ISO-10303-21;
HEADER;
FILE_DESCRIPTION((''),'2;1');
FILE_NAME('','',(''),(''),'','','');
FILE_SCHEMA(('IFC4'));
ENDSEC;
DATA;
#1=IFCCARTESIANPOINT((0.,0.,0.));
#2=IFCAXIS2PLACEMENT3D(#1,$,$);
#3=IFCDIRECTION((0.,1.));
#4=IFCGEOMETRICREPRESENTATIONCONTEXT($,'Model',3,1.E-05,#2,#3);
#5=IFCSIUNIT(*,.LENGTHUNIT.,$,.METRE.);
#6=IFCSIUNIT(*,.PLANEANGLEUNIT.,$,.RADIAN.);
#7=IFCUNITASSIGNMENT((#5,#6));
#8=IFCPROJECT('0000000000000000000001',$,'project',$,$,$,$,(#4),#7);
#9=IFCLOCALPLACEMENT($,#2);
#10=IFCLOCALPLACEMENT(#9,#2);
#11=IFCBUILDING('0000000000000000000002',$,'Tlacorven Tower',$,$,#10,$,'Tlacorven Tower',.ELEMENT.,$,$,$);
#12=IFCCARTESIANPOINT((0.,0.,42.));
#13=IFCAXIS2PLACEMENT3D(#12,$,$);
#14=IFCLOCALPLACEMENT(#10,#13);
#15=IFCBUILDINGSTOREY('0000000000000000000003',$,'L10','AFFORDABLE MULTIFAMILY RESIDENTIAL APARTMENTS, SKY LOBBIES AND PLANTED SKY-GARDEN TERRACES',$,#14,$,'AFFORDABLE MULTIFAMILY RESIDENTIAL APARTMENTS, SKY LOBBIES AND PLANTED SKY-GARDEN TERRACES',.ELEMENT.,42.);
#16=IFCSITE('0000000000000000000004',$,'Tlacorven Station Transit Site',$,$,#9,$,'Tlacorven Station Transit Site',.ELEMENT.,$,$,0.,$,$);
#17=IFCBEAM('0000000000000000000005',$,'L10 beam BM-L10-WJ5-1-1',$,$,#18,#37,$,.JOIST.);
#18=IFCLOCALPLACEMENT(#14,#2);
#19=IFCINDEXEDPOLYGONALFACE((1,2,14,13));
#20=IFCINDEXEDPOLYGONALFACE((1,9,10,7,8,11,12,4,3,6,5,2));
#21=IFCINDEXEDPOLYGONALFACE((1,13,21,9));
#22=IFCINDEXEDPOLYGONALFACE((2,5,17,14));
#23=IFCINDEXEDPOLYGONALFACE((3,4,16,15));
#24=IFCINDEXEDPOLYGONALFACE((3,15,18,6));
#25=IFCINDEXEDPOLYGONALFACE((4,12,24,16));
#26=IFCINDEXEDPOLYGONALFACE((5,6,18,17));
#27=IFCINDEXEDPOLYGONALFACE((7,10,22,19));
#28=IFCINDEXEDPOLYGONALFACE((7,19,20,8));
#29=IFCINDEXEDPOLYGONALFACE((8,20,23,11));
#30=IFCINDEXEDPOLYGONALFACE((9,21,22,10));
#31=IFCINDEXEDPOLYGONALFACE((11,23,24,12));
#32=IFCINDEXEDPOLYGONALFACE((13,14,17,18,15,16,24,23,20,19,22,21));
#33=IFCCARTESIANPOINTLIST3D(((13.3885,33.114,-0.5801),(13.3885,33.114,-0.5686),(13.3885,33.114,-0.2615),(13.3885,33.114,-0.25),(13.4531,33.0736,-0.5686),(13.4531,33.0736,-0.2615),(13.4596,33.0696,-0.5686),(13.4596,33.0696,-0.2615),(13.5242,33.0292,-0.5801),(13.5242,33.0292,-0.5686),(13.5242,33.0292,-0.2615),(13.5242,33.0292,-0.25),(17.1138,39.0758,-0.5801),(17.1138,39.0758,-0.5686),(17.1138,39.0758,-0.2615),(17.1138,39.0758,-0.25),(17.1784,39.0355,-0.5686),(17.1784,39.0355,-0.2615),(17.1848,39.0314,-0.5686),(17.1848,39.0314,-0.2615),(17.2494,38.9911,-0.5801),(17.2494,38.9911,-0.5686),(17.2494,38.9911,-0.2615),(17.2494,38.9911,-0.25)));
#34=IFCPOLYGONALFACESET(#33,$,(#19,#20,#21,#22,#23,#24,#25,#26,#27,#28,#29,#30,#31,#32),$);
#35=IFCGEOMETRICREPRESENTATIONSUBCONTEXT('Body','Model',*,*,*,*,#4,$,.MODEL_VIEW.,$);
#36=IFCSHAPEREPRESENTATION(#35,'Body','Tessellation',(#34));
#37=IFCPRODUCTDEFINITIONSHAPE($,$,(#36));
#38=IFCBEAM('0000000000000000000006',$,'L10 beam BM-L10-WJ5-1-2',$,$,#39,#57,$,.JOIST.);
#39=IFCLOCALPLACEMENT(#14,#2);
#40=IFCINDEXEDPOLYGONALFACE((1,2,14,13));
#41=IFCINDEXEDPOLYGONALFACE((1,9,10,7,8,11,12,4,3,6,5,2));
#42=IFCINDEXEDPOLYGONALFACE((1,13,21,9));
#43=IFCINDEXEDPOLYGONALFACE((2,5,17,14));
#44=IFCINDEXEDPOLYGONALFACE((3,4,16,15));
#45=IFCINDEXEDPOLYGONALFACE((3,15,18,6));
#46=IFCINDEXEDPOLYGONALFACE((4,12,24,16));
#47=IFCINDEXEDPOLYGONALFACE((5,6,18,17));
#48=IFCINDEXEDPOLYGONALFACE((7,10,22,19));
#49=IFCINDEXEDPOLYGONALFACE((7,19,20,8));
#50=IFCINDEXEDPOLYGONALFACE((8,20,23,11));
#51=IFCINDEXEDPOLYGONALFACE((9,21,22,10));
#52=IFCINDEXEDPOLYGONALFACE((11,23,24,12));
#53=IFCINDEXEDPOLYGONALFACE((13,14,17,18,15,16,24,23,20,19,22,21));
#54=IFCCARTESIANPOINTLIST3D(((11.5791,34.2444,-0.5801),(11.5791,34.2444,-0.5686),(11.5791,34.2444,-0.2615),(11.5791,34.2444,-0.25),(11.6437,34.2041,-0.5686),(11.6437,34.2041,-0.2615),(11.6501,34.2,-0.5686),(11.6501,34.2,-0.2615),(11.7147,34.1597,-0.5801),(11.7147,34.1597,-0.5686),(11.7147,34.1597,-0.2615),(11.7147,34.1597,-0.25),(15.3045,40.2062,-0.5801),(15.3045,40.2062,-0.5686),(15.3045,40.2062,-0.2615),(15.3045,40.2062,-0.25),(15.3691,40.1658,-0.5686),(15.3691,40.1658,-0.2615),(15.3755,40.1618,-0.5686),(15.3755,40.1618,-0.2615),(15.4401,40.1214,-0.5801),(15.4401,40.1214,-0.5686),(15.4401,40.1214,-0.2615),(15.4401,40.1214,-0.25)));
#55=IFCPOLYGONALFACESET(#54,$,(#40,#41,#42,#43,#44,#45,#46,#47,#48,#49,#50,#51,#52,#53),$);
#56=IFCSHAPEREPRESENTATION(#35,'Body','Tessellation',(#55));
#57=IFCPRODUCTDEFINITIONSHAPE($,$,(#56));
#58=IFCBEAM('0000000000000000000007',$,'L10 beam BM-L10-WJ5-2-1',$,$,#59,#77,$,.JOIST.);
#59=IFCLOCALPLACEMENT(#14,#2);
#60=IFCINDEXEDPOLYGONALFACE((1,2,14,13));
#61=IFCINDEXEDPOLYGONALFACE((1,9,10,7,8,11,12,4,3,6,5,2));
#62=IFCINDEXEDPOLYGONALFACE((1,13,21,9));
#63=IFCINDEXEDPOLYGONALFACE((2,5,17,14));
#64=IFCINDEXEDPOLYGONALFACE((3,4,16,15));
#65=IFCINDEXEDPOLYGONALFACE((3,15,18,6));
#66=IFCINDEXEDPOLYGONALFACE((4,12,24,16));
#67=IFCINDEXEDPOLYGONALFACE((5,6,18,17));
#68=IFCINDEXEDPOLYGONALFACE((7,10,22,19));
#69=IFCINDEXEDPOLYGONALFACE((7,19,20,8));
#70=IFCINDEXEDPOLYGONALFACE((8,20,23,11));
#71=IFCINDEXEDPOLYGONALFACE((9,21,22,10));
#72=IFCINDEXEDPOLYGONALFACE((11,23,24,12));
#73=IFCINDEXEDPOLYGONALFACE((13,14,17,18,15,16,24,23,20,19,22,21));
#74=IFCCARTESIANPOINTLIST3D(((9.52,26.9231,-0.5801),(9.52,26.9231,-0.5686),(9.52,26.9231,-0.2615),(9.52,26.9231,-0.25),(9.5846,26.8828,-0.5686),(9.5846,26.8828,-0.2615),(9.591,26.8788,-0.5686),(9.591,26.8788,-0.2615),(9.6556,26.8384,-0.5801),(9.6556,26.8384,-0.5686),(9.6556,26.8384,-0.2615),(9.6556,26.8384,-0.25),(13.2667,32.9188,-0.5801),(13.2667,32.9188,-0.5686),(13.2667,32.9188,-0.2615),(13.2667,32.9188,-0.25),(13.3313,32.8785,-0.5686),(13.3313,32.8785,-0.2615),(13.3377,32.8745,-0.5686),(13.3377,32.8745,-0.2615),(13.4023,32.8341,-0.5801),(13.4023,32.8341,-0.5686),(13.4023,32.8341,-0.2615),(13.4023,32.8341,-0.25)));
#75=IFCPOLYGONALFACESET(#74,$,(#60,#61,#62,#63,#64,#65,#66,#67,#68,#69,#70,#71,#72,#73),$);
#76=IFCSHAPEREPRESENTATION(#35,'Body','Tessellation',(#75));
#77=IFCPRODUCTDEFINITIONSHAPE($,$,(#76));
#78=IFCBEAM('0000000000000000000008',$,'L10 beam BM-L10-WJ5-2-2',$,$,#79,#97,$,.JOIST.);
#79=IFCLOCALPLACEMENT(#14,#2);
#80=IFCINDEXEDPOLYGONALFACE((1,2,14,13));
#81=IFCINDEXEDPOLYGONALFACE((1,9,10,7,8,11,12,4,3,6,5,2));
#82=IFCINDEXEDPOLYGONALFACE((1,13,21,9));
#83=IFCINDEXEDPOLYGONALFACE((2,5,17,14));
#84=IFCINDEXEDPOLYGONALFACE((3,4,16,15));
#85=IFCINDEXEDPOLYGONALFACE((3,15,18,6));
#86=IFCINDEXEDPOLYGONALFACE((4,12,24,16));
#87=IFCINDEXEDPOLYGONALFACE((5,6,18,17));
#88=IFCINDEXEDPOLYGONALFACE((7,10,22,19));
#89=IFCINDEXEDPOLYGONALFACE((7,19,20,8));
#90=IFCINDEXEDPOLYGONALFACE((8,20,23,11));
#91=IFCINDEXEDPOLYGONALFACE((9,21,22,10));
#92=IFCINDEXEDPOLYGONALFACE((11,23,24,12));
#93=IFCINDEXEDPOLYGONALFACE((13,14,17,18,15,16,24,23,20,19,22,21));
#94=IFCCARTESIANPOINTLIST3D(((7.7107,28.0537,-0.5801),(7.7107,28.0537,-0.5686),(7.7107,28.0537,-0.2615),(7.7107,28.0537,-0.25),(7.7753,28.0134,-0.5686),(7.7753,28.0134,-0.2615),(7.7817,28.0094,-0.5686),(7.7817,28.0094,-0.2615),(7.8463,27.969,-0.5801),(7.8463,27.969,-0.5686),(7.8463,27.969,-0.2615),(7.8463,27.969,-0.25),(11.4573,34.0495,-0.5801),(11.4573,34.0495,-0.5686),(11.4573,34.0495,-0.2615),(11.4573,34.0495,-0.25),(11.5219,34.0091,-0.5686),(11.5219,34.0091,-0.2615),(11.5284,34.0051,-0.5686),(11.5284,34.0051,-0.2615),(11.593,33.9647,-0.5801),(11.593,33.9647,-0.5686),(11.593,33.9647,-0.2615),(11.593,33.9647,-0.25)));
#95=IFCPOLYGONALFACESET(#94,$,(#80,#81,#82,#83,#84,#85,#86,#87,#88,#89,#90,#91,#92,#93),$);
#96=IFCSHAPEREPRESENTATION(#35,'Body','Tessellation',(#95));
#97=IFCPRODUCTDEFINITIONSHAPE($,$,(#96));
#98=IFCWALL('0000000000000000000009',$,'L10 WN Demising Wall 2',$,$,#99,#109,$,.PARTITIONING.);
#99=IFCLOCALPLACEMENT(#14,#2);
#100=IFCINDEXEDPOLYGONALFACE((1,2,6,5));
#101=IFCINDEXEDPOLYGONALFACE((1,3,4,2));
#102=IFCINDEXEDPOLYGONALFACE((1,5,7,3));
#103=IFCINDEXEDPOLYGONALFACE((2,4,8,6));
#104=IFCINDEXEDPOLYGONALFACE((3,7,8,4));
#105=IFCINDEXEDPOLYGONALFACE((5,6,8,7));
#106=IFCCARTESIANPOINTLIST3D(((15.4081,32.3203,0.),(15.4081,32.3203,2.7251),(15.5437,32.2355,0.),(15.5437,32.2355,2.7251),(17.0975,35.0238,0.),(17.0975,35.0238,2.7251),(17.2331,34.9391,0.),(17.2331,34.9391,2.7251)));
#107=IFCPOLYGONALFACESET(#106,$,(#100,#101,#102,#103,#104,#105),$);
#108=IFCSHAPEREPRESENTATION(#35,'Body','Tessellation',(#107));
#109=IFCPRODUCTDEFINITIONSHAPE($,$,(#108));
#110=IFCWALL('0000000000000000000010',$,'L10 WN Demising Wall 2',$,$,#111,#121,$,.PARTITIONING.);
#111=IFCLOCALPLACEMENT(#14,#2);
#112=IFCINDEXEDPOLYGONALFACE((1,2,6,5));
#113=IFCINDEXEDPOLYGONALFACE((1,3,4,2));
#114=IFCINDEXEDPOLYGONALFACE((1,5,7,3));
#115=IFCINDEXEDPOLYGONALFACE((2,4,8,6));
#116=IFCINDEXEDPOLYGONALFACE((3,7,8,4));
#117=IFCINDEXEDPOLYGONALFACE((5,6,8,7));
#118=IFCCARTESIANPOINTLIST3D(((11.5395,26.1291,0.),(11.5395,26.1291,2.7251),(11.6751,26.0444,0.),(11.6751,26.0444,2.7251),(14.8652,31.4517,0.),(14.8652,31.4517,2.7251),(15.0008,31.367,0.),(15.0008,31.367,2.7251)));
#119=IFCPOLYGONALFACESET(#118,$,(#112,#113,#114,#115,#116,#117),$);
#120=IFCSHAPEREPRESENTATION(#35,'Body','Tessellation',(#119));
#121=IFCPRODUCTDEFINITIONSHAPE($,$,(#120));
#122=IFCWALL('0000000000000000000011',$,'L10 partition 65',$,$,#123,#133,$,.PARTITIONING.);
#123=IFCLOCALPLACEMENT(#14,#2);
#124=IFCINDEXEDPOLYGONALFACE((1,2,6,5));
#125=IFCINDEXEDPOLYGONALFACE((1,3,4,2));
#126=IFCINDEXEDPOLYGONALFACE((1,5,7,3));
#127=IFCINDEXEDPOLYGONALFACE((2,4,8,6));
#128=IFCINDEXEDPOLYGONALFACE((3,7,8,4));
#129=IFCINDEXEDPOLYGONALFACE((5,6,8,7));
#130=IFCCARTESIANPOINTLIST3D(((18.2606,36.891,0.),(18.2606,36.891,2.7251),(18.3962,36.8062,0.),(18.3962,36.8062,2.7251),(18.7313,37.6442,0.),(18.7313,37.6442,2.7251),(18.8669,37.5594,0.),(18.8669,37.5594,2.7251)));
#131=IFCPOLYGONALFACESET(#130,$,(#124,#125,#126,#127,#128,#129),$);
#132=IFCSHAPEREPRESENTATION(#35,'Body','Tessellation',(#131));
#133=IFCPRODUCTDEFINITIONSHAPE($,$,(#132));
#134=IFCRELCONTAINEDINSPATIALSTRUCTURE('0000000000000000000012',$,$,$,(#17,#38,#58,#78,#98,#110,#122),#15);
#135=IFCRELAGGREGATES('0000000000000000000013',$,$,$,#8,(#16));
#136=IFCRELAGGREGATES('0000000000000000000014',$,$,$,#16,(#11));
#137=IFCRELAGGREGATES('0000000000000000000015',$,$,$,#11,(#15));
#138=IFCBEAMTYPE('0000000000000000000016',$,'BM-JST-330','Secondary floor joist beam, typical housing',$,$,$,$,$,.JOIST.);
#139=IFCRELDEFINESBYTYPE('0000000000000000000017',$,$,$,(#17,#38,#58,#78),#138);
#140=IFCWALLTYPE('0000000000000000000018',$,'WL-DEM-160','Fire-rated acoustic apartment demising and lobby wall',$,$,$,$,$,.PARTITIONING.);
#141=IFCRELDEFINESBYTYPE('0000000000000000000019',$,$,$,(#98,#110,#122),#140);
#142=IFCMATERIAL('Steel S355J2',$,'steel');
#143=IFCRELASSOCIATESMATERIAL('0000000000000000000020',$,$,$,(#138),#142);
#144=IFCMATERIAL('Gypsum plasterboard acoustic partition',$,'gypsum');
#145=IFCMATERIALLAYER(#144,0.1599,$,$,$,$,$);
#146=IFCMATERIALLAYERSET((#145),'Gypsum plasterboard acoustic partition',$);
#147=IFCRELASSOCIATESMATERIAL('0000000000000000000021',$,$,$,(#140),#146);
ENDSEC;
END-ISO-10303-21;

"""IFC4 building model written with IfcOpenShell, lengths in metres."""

from ifc_helpers import new_model, si_unit, direction, frame, frame_2d, origin, origin_2d, place, context, subcontext, project, spatial, rectangle, i_section, extrude, source, transform, mapped, material, layer, layer_set, material_profile, profile_set, type_object, element, save


model = new_model("IFC4")

# Units and contexts
model_context = context("Model", 3, precision=1e-05, world=origin(), true_north=direction((0.0, 1.0)))
body_context = subcontext(model_context, "Body", "Model", "MODEL_VIEW")
ifc_project = project(units=[si_unit("LENGTHUNIT", "METRE"), si_unit("PLANEANGLEUNIT", "RADIAN")], contexts=[model_context])

# Site, building, storey
site_placement = place(None, origin())
site = spatial("IfcSite", under=ifc_project, at=site_placement, Name="Tlacorven Station Transit Site", LongName="Tlacorven Station Transit Site", CompositionType="ELEMENT", RefElevation=0.0)
building_placement = place(site_placement, origin())
building = spatial("IfcBuilding", under=site, at=building_placement, Name="Tlacorven Tower", LongName="Tlacorven Tower", CompositionType="ELEMENT")
storey_placement = place(building_placement, frame((0.0, 0.0, 42.0)))
storey = spatial("IfcBuildingStorey", under=building, at=storey_placement, Name="L10", Description="AFFORDABLE MULTIFAMILY RESIDENTIAL APARTMENTS, SKY LOBBIES AND PLANTED SKY-GARDEN TERRACES", LongName="AFFORDABLE MULTIFAMILY RESIDENTIAL APARTMENTS, SKY LOBBIES AND PLANTED SKY-GARDEN TERRACES", CompositionType="ELEMENT", Elevation=42.0)

# Beams
ifc_material_1 = material(Name="Steel S355J2", Category="steel")
ifc_material_profile_1 = material_profile(ifc_material_1, i_section(OverallWidth=0.1599, OverallDepth=0.3301, WebThickness=0.0076, FlangeThickness=0.0115, at=origin_2d()), Name="IPE 330")
ifc_profile_set_1 = profile_set([ifc_material_profile_1], Name="Steel S355J2")
beam_type_1 = type_object("IfcBeamType", Name="BM-JST-330", Description="Secondary floor joist beam, typical housing", PredefinedType="JOIST", material=ifc_profile_set_1)
shared_shape_1 = source(origin(), body_context, "Body", "SweptSolid", [
    extrude(i_section(OverallWidth=0.1599, OverallDepth=0.3301, WebThickness=0.0076, FlangeThickness=0.0115, at=origin_2d()), origin(), (0.0, 0.0, 1.0), 7.03),
])
for number, where, z_axis, x_axis, name in (
    (1, (17.1816, 39.0334, -0.415), (-0.529912, -0.848053, 0.0), (0.848053, -0.529912, 0.0), "L10 beam BM-L10-WJ5-1-1"),
    (2, (15.3723, 40.1638, -0.415), (-0.529927, -0.848043, 0.0), (0.848043, -0.529927, 0.0), "L10 beam BM-L10-WJ5-1-2"),
):
    element("IfcBeam", number, at=place(storey_placement, frame(where, z_axis=z_axis, x_axis=x_axis)), inside=storey, type_object=beam_type_1, Name=name, PredefinedType="JOIST", context=body_context, shape_type="MappedRepresentation", body=[
        mapped(shared_shape_1, transform((0.0, 0.0, 0.0), scale=1.0)),
    ])
shared_shape_2 = source(origin(), body_context, "Body", "SweptSolid", [
    extrude(i_section(OverallWidth=0.1599, OverallDepth=0.3301, WebThickness=0.0076, FlangeThickness=0.0115, at=origin_2d()), origin(), (0.0, 0.0, 1.0), 7.0701),
])
for number, where, z_axis, x_axis, name in (
    (3, (13.3345, 32.8765, -0.415), (-0.529931, -0.848041, 0.0), (0.848041, -0.529931, 0.0), "L10 beam BM-L10-WJ5-2-1"),
    (4, (11.5251, 34.0071, -0.415), (-0.529931, -0.848041, 0.0), (0.848041, -0.529931, 0.0), "L10 beam BM-L10-WJ5-2-2"),
):
    element("IfcBeam", number, at=place(storey_placement, frame(where, z_axis=z_axis, x_axis=x_axis)), inside=storey, type_object=beam_type_1, Name=name, PredefinedType="JOIST", context=body_context, shape_type="MappedRepresentation", body=[
        mapped(shared_shape_2, transform((0.0, 0.0, 0.0), scale=1.0)),
    ])

# Walls
ifc_material_2 = material(Name="Gypsum plasterboard acoustic partition", Category="gypsum")
ifc_layer_1 = layer(ifc_material_2, 0.1599)
ifc_layer_set_1 = layer_set([ifc_layer_1], Name="Gypsum plasterboard acoustic partition")
wall_type_1 = type_object("IfcWallType", Name="WL-DEM-160", Description="Fire-rated acoustic apartment demising and lobby wall", PredefinedType="PARTITIONING", material=ifc_layer_set_1)
wall_1_placement = place(storey_placement, frame((17.1653, 34.9814, 0.0), z_axis=(0.0, 0.0, 1.0), x_axis=(-0.52993, -0.848041, 0.0)))
element("IfcWall", 5, at=wall_1_placement, inside=storey, type_object=wall_type_1, Name="L10 WN Demising Wall 2", PredefinedType="PARTITIONING", context=body_context, shape_type="SweptSolid", body=[
    extrude(rectangle(XDim=3.188, YDim=0.1599, at=frame_2d((1.594, 0.0))), origin(), (0.0, 0.0, 1.0), 2.7251),
])
wall_2_placement = place(storey_placement, frame((14.9331, 31.4094, 0.0), z_axis=(0.0, 0.0, 1.0), x_axis=(-0.529898, -0.848062, 0.0)))
element("IfcWall", 6, at=wall_2_placement, inside=storey, type_object=wall_type_1, Name="L10 WN Demising Wall 2", PredefinedType="PARTITIONING", context=body_context, shape_type="SweptSolid", body=[
    extrude(rectangle(XDim=6.2761, YDim=0.1599, at=frame_2d((3.1382, 0.0))), origin(), (0.0, 0.0, 1.0), 2.7251),
])
wall_3_placement = place(storey_placement, frame((18.7991, 37.6018, 0.0), z_axis=(0.0, 0.0, 1.0), x_axis=(-0.529974, -0.848014, 0.0)))
element("IfcWall", 7, at=wall_3_placement, inside=storey, type_object=wall_type_1, Name="L10 partition 65", PredefinedType="PARTITIONING", context=body_context, shape_type="SweptSolid", body=[
    extrude(rectangle(XDim=0.8882, YDim=0.1599, at=frame_2d((0.4441, 0.0))), origin(), (0.0, 0.0, 1.0), 2.7251),
])

save(model, "model.ifc")
